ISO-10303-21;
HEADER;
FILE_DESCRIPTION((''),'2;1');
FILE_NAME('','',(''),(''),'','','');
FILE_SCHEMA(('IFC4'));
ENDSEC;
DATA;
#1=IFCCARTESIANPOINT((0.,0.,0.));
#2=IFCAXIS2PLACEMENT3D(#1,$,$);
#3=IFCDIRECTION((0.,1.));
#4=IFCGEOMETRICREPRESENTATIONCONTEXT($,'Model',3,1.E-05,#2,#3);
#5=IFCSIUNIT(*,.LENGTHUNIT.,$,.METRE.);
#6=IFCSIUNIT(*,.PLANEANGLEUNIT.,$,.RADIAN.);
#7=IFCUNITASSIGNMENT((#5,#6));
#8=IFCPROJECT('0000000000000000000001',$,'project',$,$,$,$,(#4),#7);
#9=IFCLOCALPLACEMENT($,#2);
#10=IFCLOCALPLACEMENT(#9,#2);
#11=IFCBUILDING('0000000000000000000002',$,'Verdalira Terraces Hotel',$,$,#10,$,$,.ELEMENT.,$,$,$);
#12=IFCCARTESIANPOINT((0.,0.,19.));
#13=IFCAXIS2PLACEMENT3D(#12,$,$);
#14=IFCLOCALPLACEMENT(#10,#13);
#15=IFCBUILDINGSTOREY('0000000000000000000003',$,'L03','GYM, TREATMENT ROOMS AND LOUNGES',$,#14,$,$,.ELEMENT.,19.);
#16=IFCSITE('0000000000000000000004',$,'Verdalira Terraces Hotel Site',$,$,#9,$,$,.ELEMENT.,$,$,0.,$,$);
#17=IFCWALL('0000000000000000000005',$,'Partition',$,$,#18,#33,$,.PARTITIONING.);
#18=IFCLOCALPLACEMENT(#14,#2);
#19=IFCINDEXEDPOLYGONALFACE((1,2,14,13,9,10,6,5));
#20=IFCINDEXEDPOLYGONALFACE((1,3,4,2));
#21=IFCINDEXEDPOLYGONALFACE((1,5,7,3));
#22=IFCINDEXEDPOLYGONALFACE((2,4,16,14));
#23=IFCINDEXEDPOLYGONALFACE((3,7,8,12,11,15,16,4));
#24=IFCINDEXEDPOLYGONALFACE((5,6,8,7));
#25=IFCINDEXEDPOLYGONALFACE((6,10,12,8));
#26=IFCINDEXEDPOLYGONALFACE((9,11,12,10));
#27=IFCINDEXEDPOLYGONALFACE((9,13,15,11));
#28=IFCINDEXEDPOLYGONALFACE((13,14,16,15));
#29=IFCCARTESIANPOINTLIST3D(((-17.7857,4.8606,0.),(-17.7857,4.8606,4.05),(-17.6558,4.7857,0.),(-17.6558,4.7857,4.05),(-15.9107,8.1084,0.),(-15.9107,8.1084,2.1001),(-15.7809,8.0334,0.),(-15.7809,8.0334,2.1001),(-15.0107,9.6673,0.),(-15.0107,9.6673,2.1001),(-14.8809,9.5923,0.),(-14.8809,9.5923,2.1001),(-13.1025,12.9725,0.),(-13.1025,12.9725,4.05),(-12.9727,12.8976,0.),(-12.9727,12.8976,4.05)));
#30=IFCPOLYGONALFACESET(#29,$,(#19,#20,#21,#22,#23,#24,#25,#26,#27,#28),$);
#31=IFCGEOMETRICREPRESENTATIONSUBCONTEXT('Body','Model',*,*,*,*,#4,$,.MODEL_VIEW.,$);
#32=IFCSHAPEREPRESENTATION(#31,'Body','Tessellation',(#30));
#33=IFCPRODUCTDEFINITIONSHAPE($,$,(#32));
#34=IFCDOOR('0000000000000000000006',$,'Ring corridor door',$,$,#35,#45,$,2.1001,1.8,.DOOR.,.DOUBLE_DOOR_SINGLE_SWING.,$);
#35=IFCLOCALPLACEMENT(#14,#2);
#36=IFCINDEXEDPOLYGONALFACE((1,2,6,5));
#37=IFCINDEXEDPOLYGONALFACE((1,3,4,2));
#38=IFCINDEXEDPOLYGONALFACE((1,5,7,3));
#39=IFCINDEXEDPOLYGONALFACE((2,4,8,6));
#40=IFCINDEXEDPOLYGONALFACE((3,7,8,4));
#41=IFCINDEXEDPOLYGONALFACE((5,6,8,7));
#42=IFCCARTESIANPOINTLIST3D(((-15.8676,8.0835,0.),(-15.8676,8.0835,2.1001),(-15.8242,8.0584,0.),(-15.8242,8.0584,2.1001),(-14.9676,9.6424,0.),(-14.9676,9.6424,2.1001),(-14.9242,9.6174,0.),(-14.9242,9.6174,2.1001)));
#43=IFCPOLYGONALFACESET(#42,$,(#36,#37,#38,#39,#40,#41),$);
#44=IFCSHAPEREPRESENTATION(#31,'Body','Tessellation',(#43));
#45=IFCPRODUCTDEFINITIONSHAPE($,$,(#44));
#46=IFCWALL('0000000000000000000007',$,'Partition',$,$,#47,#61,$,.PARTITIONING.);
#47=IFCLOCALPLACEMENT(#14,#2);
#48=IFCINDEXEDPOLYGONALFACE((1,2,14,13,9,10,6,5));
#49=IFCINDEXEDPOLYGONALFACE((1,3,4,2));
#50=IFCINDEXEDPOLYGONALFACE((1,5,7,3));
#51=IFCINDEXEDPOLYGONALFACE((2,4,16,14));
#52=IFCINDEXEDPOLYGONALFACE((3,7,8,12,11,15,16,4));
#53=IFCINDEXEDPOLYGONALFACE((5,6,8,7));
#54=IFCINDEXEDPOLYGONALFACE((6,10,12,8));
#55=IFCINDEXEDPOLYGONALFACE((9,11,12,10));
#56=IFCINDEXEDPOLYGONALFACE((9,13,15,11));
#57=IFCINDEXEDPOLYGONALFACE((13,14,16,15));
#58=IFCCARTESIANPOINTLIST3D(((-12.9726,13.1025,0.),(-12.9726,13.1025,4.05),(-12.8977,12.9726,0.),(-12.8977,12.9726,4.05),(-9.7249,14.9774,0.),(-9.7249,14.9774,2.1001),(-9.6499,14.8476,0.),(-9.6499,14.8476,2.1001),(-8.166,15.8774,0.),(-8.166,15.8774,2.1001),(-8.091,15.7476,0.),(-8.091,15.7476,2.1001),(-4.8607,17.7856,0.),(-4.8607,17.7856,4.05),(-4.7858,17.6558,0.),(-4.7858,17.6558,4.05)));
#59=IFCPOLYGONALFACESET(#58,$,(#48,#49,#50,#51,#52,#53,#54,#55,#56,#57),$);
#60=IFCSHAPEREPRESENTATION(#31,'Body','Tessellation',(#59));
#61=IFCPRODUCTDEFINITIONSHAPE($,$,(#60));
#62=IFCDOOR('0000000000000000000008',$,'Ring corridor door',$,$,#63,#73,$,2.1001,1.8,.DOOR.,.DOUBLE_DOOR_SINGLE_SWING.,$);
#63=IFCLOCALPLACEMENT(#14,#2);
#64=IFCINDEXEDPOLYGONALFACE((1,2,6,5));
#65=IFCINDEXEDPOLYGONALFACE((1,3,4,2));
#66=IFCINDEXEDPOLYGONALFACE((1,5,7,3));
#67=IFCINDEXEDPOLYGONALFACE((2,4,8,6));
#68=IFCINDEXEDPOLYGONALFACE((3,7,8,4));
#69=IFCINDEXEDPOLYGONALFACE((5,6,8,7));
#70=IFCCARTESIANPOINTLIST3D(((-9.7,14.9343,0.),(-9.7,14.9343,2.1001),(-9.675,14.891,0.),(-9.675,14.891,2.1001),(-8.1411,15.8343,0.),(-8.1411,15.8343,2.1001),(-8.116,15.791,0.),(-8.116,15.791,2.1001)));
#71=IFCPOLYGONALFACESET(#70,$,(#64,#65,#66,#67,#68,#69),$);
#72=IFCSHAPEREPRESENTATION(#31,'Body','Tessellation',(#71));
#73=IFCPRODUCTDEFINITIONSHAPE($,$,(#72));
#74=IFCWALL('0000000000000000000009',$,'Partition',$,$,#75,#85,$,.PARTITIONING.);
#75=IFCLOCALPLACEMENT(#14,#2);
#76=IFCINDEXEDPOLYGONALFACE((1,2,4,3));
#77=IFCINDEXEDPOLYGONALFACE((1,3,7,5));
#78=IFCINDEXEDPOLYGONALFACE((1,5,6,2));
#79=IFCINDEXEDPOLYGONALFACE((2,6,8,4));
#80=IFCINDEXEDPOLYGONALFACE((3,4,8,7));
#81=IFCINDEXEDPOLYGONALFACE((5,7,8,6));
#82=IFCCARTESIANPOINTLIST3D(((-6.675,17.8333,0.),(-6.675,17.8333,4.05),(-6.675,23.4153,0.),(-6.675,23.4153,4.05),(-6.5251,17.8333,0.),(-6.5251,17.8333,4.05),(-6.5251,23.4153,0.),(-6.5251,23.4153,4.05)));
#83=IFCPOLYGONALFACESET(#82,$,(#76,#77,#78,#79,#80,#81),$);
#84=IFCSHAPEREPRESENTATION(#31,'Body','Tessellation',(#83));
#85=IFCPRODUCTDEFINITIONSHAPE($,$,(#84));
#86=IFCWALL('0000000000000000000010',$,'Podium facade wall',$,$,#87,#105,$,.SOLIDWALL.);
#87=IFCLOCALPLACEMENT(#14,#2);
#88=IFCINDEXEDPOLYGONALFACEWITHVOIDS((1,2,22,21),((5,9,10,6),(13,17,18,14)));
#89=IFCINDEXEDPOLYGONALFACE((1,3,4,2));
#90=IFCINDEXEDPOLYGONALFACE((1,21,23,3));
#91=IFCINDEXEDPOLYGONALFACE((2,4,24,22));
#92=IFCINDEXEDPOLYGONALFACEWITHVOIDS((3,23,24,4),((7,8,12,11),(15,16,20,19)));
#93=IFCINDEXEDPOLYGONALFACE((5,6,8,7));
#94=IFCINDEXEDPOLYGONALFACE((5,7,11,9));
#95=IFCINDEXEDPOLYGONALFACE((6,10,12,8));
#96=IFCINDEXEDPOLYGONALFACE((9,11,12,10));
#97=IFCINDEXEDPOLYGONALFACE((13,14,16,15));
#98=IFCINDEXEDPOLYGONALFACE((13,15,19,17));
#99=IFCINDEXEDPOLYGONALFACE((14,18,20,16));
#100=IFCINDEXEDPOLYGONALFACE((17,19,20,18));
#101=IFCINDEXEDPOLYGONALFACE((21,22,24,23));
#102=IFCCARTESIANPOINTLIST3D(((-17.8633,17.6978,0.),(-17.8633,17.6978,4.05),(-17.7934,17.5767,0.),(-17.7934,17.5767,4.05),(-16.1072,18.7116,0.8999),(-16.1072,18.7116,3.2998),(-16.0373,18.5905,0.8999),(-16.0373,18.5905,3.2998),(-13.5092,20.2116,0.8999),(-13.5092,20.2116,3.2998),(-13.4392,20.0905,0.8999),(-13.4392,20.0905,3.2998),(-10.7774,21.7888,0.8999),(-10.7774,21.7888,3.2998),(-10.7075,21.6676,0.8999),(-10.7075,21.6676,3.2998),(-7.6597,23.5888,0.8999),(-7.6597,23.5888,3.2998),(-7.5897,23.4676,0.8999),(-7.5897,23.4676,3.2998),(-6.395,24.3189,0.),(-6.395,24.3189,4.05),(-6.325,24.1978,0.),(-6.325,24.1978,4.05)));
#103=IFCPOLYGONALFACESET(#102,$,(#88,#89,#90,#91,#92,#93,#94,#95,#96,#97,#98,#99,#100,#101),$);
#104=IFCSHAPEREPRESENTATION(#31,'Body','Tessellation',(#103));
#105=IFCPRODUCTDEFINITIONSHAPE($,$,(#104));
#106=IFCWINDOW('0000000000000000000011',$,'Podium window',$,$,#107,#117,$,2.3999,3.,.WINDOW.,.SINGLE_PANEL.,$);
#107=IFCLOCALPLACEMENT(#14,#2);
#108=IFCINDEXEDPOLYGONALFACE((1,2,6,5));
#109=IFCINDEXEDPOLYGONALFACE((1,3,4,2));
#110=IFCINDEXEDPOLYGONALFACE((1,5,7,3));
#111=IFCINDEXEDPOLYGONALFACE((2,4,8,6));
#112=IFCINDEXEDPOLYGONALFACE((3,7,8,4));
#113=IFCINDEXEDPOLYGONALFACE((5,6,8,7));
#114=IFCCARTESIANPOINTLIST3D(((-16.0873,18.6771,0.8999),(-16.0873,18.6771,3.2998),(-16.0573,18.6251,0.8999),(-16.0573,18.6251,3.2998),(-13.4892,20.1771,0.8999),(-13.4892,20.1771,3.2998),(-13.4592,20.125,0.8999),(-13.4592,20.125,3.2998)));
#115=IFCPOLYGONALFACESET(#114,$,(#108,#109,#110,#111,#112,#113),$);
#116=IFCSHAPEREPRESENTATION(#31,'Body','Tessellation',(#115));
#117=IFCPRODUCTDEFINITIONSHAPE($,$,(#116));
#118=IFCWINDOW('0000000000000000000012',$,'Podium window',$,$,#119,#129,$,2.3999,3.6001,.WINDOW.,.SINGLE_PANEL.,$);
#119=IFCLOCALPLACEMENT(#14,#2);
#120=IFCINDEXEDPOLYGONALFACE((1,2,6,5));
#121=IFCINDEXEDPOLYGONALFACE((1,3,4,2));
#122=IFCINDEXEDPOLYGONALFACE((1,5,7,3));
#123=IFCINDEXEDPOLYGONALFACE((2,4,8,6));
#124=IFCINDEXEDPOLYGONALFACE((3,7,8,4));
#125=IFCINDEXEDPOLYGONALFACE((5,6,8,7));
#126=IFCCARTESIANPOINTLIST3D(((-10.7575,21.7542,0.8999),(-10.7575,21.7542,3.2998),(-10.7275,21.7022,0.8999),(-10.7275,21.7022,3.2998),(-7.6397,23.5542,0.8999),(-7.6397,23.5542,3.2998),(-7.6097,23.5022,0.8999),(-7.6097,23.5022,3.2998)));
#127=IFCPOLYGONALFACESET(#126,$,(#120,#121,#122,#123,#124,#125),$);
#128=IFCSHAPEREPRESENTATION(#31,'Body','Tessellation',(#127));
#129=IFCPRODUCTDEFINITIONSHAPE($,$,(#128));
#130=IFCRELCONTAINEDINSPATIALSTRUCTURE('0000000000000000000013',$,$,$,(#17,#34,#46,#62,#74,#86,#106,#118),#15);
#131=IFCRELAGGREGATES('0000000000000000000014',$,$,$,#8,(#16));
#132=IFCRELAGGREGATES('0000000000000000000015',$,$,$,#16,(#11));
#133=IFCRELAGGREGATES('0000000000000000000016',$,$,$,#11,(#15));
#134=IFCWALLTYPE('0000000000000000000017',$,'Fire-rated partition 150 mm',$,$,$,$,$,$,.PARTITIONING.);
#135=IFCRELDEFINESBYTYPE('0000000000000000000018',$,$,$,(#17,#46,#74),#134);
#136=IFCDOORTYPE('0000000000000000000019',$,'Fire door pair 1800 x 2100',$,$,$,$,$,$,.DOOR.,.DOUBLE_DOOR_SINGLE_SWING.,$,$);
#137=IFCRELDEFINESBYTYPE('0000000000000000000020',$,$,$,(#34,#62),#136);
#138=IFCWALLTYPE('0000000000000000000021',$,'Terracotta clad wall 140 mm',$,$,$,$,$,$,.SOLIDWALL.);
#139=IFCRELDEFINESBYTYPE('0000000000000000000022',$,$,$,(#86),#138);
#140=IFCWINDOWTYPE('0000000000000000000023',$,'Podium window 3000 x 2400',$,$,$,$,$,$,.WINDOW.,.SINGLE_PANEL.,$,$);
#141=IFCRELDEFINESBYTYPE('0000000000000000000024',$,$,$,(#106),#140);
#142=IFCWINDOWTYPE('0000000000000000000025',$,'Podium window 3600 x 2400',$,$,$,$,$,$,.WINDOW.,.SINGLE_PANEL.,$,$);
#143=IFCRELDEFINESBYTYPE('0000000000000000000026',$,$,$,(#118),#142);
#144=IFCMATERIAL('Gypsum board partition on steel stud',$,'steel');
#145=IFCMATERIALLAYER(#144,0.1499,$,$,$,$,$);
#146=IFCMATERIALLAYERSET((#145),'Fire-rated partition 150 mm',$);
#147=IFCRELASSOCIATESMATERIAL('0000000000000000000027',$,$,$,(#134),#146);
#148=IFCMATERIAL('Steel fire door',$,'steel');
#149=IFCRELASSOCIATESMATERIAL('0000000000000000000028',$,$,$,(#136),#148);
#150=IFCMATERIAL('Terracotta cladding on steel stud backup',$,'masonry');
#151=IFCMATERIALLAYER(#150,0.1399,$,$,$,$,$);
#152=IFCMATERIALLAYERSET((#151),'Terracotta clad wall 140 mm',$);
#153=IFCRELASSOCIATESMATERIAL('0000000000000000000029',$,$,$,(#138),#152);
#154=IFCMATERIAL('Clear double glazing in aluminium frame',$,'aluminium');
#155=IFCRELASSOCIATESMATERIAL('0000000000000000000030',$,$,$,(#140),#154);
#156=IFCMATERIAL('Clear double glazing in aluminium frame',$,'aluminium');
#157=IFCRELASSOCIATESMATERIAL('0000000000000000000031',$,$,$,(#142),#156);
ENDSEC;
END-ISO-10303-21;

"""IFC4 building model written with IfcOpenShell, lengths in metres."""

from ifc_helpers import new_model, si_unit, direction, frame, frame_2d, origin, place, context, subcontext, project, spatial, rectangle, extrude, material, layer, layer_set, type_object, element, fill, save


model = new_model("IFC4")

# Units and contexts
model_context = context("Model", 3, precision=1e-05, world=origin(), true_north=direction((0.0, 1.0)))
body_context = subcontext(model_context, "Body", "Model", "MODEL_VIEW")
ifc_project = project(units=[si_unit("LENGTHUNIT", "METRE"), si_unit("PLANEANGLEUNIT", "RADIAN")], contexts=[model_context])

# Site, building, storey
site_placement = place(None, origin())
site = spatial("IfcSite", under=ifc_project, at=site_placement, Name="Verdalira Terraces Hotel Site", CompositionType="ELEMENT", RefElevation=0.0)
building_placement = place(site_placement, origin())
building = spatial("IfcBuilding", under=site, at=building_placement, Name="Verdalira Terraces Hotel", CompositionType="ELEMENT")
storey_placement = place(building_placement, frame((0.0, 0.0, 19.0)))
storey = spatial("IfcBuildingStorey", under=building, at=storey_placement, Name="L03", Description="GYM, TREATMENT ROOMS AND LOUNGES", CompositionType="ELEMENT", Elevation=19.0)

# Walls, openings, doors
ifc_material_1 = material(Name="Gypsum board partition on steel stud", Category="steel")
ifc_layer_1 = layer(ifc_material_1, 0.1499)
ifc_layer_set_1 = layer_set([ifc_layer_1], Name="Fire-rated partition 150 mm")
wall_type_1 = type_object("IfcWallType", Name="Fire-rated partition 150 mm", PredefinedType="PARTITIONING", material=ifc_layer_set_1)
wall_1_placement = place(storey_placement, frame((-13.0376, 12.9351, 0.0), z_axis=(0.0, 0.0, 1.0), x_axis=(-0.49998, -0.866037, 0.0)))
wall_1 = element("IfcWall", 1, at=wall_1_placement, inside=storey, type_object=wall_type_1, Name="Partition", PredefinedType="PARTITIONING", context=body_context, shape_type="SweptSolid", body=[
    extrude(rectangle(XDim=9.3667, YDim=0.1499, at=frame_2d((4.6833, 0.0))), origin(), (0.0, 0.0, 1.0), 4.05),
])
opening_1_placement = place(wall_1_placement, frame((3.8167, 0.0, 0.0)))
opening_1 = element("IfcOpeningElement", 2, at=opening_1_placement, cuts=wall_1, PredefinedType="OPENING", context=body_context, shape_type="SweptSolid", body=[
    extrude(rectangle(XDim=1.8, YDim=2.1001, at=frame_2d((0.8999, 1.05))), frame((0.0, 0.085, 0.0), z_axis=(0.0, -1.0, 0.0), x_axis=(1.0, 0.0, 0.0)), (0.0, 0.0, 1.0), 0.1699),
])
ifc_material_2 = material(Name="Steel fire door", Category="steel")
door_type_1 = type_object("IfcDoorType", Name="Fire door pair 1800 x 2100", OperationType="DOUBLE_DOOR_SINGLE_SWING", PredefinedType="DOOR", material=ifc_material_2)
door_1_placement = place(opening_1_placement, origin())
door_1 = element("IfcDoor", 3, at=door_1_placement, inside=storey, type_object=door_type_1, Name="Ring corridor door", OperationType="DOUBLE_DOOR_SINGLE_SWING", OverallHeight=2.1001, OverallWidth=1.8, PredefinedType="DOOR", context=body_context, shape_type="SweptSolid", body=[
    extrude(rectangle(XDim=1.8, YDim=2.1001, at=frame_2d((0.8999, 1.05))), frame((0.0, 0.0249, 0.0), z_axis=(0.0, -1.0, 0.0), x_axis=(1.0, 0.0, 0.0)), (0.0, 0.0, 1.0), 0.05),
])
fill(opening_1, door_1)
wall_2_placement = place(storey_placement, frame((-4.8232, 17.7207, 0.0), z_axis=(0.0, 0.0, 1.0), x_axis=(-0.866037, -0.49998, 0.0)))
wall_2 = element("IfcWall", 4, at=wall_2_placement, inside=storey, type_object=wall_type_1, Name="Partition", PredefinedType="PARTITIONING", context=body_context, shape_type="SweptSolid", body=[
    extrude(rectangle(XDim=9.3667, YDim=0.1499, at=frame_2d((4.6833, 0.0))), origin(), (0.0, 0.0, 1.0), 4.05),
])
opening_2_placement = place(wall_2_placement, frame((3.8167, 0.0, 0.0)))
opening_2 = element("IfcOpeningElement", 5, at=opening_2_placement, cuts=wall_2, PredefinedType="OPENING", context=body_context, shape_type="SweptSolid", body=[
    extrude(rectangle(XDim=1.8, YDim=2.1001, at=frame_2d((0.8999, 1.05))), frame((0.0, 0.085, 0.0), z_axis=(0.0, -1.0, 0.0), x_axis=(1.0, 0.0, 0.0)), (0.0, 0.0, 1.0), 0.1699),
])
door_2_placement = place(opening_2_placement, origin())
door_2 = element("IfcDoor", 6, at=door_2_placement, inside=storey, type_object=door_type_1, Name="Ring corridor door", OperationType="DOUBLE_DOOR_SINGLE_SWING", OverallHeight=2.1001, OverallWidth=1.8, PredefinedType="DOOR", context=body_context, shape_type="SweptSolid", body=[
    extrude(rectangle(XDim=1.8, YDim=2.1001, at=frame_2d((0.8999, 1.05))), frame((0.0, 0.0249, 0.0), z_axis=(0.0, -1.0, 0.0), x_axis=(1.0, 0.0, 0.0)), (0.0, 0.0, 1.0), 0.05),
])
fill(opening_2, door_2)

# Wall
wall_3_placement = place(storey_placement, frame((-6.6001, 23.4153, 0.0), z_axis=(0.0, 0.0, 1.0), x_axis=(0.0, -1.0, 0.0)))
element("IfcWall", 7, at=wall_3_placement, inside=storey, type_object=wall_type_1, Name="Partition", PredefinedType="PARTITIONING", context=body_context, shape_type="SweptSolid", body=[
    extrude(rectangle(XDim=5.582, YDim=0.1499, at=frame_2d((2.791, 0.0))), origin(), (0.0, 0.0, 1.0), 4.05),
])

# Wall, openings, windows
ifc_material_3 = material(Name="Terracotta cladding on steel stud backup", Category="masonry")
ifc_layer_2 = layer(ifc_material_3, 0.1399)
ifc_layer_set_2 = layer_set([ifc_layer_2], Name="Terracotta clad wall 140 mm")
wall_type_2 = type_object("IfcWallType", Name="Terracotta clad wall 140 mm", PredefinedType="SOLIDWALL", material=ifc_layer_set_2)
wall_4_placement = place(storey_placement, frame((-6.3601, 24.2583, 0.0), z_axis=(0.0, 0.0, 1.0), x_axis=(-0.866029, -0.499994, 0.0)))
wall_4 = element("IfcWall", 8, at=wall_4_placement, inside=storey, type_object=wall_type_2, Name="Podium facade wall", PredefinedType="SOLIDWALL", context=body_context, shape_type="SweptSolid", body=[
    extrude(rectangle(XDim=13.2424, YDim=0.1399, at=frame_2d((6.6211, 0.0))), origin(), (0.0, 0.0, 1.0), 4.05),
])
opening_3_placement = place(wall_4_placement, frame((1.4602, 0.0, 0.8999)))
opening_3 = element("IfcOpeningElement", 9, at=opening_3_placement, cuts=wall_4, PredefinedType="OPENING", context=body_context, shape_type="SweptSolid", body=[
    extrude(rectangle(XDim=3.6001, YDim=2.3999, at=frame_2d((1.8, 1.2))), frame((0.0, 0.0798, 0.0), z_axis=(0.0, -1.0, 0.0), x_axis=(1.0, 0.0, 0.0)), (0.0, 0.0, 1.0), 0.1599),
])
opening_4_placement = place(wall_4_placement, frame((8.2146, 0.0, 0.8999)))
opening_4 = element("IfcOpeningElement", 10, at=opening_4_placement, cuts=wall_4, PredefinedType="OPENING", context=body_context, shape_type="SweptSolid", body=[
    extrude(rectangle(XDim=3.0, YDim=2.3999, at=frame_2d((1.5, 1.2))), frame((0.0, 0.0798, 0.0), z_axis=(0.0, -1.0, 0.0), x_axis=(1.0, 0.0, 0.0)), (0.0, 0.0, 1.0), 0.1599),
])
ifc_material_4 = material(Name="Clear double glazing in aluminium frame", Category="aluminium")
window_type_1 = type_object("IfcWindowType", Name="Podium window 3000 x 2400", PartitioningType="SINGLE_PANEL", PredefinedType="WINDOW", material=ifc_material_4)
window_1_placement = place(opening_4_placement, origin())
window_1 = element("IfcWindow", 11, at=window_1_placement, inside=storey, type_object=window_type_1, Name="Podium window", OverallHeight=2.3999, OverallWidth=3.0, PartitioningType="SINGLE_PANEL", PredefinedType="WINDOW", context=body_context, shape_type="SweptSolid", body=[
    extrude(rectangle(XDim=3.0, YDim=2.3999, at=frame_2d((1.5, 1.2))), frame((0.0, 0.03, 0.0), z_axis=(0.0, -1.0, 0.0), x_axis=(1.0, 0.0, 0.0)), (0.0, 0.0, 1.0), 0.0601),
])
fill(opening_4, window_1)
ifc_material_5 = material(Name="Clear double glazing in aluminium frame", Category="aluminium")
window_type_2 = type_object("IfcWindowType", Name="Podium window 3600 x 2400", PartitioningType="SINGLE_PANEL", PredefinedType="WINDOW", material=ifc_material_5)
window_2_placement = place(opening_3_placement, origin())
window_2 = element("IfcWindow", 12, at=window_2_placement, inside=storey, type_object=window_type_2, Name="Podium window", OverallHeight=2.3999, OverallWidth=3.6001, PartitioningType="SINGLE_PANEL", PredefinedType="WINDOW", context=body_context, shape_type="SweptSolid", body=[
    extrude(rectangle(XDim=3.6001, YDim=2.3999, at=frame_2d((1.8, 1.2))), frame((0.0, 0.03, 0.0), z_axis=(0.0, -1.0, 0.0), x_axis=(1.0, 0.0, 0.0)), (0.0, 0.0, 1.0), 0.0601),
])
fill(opening_3, window_2)

save(model, "model.ifc")
